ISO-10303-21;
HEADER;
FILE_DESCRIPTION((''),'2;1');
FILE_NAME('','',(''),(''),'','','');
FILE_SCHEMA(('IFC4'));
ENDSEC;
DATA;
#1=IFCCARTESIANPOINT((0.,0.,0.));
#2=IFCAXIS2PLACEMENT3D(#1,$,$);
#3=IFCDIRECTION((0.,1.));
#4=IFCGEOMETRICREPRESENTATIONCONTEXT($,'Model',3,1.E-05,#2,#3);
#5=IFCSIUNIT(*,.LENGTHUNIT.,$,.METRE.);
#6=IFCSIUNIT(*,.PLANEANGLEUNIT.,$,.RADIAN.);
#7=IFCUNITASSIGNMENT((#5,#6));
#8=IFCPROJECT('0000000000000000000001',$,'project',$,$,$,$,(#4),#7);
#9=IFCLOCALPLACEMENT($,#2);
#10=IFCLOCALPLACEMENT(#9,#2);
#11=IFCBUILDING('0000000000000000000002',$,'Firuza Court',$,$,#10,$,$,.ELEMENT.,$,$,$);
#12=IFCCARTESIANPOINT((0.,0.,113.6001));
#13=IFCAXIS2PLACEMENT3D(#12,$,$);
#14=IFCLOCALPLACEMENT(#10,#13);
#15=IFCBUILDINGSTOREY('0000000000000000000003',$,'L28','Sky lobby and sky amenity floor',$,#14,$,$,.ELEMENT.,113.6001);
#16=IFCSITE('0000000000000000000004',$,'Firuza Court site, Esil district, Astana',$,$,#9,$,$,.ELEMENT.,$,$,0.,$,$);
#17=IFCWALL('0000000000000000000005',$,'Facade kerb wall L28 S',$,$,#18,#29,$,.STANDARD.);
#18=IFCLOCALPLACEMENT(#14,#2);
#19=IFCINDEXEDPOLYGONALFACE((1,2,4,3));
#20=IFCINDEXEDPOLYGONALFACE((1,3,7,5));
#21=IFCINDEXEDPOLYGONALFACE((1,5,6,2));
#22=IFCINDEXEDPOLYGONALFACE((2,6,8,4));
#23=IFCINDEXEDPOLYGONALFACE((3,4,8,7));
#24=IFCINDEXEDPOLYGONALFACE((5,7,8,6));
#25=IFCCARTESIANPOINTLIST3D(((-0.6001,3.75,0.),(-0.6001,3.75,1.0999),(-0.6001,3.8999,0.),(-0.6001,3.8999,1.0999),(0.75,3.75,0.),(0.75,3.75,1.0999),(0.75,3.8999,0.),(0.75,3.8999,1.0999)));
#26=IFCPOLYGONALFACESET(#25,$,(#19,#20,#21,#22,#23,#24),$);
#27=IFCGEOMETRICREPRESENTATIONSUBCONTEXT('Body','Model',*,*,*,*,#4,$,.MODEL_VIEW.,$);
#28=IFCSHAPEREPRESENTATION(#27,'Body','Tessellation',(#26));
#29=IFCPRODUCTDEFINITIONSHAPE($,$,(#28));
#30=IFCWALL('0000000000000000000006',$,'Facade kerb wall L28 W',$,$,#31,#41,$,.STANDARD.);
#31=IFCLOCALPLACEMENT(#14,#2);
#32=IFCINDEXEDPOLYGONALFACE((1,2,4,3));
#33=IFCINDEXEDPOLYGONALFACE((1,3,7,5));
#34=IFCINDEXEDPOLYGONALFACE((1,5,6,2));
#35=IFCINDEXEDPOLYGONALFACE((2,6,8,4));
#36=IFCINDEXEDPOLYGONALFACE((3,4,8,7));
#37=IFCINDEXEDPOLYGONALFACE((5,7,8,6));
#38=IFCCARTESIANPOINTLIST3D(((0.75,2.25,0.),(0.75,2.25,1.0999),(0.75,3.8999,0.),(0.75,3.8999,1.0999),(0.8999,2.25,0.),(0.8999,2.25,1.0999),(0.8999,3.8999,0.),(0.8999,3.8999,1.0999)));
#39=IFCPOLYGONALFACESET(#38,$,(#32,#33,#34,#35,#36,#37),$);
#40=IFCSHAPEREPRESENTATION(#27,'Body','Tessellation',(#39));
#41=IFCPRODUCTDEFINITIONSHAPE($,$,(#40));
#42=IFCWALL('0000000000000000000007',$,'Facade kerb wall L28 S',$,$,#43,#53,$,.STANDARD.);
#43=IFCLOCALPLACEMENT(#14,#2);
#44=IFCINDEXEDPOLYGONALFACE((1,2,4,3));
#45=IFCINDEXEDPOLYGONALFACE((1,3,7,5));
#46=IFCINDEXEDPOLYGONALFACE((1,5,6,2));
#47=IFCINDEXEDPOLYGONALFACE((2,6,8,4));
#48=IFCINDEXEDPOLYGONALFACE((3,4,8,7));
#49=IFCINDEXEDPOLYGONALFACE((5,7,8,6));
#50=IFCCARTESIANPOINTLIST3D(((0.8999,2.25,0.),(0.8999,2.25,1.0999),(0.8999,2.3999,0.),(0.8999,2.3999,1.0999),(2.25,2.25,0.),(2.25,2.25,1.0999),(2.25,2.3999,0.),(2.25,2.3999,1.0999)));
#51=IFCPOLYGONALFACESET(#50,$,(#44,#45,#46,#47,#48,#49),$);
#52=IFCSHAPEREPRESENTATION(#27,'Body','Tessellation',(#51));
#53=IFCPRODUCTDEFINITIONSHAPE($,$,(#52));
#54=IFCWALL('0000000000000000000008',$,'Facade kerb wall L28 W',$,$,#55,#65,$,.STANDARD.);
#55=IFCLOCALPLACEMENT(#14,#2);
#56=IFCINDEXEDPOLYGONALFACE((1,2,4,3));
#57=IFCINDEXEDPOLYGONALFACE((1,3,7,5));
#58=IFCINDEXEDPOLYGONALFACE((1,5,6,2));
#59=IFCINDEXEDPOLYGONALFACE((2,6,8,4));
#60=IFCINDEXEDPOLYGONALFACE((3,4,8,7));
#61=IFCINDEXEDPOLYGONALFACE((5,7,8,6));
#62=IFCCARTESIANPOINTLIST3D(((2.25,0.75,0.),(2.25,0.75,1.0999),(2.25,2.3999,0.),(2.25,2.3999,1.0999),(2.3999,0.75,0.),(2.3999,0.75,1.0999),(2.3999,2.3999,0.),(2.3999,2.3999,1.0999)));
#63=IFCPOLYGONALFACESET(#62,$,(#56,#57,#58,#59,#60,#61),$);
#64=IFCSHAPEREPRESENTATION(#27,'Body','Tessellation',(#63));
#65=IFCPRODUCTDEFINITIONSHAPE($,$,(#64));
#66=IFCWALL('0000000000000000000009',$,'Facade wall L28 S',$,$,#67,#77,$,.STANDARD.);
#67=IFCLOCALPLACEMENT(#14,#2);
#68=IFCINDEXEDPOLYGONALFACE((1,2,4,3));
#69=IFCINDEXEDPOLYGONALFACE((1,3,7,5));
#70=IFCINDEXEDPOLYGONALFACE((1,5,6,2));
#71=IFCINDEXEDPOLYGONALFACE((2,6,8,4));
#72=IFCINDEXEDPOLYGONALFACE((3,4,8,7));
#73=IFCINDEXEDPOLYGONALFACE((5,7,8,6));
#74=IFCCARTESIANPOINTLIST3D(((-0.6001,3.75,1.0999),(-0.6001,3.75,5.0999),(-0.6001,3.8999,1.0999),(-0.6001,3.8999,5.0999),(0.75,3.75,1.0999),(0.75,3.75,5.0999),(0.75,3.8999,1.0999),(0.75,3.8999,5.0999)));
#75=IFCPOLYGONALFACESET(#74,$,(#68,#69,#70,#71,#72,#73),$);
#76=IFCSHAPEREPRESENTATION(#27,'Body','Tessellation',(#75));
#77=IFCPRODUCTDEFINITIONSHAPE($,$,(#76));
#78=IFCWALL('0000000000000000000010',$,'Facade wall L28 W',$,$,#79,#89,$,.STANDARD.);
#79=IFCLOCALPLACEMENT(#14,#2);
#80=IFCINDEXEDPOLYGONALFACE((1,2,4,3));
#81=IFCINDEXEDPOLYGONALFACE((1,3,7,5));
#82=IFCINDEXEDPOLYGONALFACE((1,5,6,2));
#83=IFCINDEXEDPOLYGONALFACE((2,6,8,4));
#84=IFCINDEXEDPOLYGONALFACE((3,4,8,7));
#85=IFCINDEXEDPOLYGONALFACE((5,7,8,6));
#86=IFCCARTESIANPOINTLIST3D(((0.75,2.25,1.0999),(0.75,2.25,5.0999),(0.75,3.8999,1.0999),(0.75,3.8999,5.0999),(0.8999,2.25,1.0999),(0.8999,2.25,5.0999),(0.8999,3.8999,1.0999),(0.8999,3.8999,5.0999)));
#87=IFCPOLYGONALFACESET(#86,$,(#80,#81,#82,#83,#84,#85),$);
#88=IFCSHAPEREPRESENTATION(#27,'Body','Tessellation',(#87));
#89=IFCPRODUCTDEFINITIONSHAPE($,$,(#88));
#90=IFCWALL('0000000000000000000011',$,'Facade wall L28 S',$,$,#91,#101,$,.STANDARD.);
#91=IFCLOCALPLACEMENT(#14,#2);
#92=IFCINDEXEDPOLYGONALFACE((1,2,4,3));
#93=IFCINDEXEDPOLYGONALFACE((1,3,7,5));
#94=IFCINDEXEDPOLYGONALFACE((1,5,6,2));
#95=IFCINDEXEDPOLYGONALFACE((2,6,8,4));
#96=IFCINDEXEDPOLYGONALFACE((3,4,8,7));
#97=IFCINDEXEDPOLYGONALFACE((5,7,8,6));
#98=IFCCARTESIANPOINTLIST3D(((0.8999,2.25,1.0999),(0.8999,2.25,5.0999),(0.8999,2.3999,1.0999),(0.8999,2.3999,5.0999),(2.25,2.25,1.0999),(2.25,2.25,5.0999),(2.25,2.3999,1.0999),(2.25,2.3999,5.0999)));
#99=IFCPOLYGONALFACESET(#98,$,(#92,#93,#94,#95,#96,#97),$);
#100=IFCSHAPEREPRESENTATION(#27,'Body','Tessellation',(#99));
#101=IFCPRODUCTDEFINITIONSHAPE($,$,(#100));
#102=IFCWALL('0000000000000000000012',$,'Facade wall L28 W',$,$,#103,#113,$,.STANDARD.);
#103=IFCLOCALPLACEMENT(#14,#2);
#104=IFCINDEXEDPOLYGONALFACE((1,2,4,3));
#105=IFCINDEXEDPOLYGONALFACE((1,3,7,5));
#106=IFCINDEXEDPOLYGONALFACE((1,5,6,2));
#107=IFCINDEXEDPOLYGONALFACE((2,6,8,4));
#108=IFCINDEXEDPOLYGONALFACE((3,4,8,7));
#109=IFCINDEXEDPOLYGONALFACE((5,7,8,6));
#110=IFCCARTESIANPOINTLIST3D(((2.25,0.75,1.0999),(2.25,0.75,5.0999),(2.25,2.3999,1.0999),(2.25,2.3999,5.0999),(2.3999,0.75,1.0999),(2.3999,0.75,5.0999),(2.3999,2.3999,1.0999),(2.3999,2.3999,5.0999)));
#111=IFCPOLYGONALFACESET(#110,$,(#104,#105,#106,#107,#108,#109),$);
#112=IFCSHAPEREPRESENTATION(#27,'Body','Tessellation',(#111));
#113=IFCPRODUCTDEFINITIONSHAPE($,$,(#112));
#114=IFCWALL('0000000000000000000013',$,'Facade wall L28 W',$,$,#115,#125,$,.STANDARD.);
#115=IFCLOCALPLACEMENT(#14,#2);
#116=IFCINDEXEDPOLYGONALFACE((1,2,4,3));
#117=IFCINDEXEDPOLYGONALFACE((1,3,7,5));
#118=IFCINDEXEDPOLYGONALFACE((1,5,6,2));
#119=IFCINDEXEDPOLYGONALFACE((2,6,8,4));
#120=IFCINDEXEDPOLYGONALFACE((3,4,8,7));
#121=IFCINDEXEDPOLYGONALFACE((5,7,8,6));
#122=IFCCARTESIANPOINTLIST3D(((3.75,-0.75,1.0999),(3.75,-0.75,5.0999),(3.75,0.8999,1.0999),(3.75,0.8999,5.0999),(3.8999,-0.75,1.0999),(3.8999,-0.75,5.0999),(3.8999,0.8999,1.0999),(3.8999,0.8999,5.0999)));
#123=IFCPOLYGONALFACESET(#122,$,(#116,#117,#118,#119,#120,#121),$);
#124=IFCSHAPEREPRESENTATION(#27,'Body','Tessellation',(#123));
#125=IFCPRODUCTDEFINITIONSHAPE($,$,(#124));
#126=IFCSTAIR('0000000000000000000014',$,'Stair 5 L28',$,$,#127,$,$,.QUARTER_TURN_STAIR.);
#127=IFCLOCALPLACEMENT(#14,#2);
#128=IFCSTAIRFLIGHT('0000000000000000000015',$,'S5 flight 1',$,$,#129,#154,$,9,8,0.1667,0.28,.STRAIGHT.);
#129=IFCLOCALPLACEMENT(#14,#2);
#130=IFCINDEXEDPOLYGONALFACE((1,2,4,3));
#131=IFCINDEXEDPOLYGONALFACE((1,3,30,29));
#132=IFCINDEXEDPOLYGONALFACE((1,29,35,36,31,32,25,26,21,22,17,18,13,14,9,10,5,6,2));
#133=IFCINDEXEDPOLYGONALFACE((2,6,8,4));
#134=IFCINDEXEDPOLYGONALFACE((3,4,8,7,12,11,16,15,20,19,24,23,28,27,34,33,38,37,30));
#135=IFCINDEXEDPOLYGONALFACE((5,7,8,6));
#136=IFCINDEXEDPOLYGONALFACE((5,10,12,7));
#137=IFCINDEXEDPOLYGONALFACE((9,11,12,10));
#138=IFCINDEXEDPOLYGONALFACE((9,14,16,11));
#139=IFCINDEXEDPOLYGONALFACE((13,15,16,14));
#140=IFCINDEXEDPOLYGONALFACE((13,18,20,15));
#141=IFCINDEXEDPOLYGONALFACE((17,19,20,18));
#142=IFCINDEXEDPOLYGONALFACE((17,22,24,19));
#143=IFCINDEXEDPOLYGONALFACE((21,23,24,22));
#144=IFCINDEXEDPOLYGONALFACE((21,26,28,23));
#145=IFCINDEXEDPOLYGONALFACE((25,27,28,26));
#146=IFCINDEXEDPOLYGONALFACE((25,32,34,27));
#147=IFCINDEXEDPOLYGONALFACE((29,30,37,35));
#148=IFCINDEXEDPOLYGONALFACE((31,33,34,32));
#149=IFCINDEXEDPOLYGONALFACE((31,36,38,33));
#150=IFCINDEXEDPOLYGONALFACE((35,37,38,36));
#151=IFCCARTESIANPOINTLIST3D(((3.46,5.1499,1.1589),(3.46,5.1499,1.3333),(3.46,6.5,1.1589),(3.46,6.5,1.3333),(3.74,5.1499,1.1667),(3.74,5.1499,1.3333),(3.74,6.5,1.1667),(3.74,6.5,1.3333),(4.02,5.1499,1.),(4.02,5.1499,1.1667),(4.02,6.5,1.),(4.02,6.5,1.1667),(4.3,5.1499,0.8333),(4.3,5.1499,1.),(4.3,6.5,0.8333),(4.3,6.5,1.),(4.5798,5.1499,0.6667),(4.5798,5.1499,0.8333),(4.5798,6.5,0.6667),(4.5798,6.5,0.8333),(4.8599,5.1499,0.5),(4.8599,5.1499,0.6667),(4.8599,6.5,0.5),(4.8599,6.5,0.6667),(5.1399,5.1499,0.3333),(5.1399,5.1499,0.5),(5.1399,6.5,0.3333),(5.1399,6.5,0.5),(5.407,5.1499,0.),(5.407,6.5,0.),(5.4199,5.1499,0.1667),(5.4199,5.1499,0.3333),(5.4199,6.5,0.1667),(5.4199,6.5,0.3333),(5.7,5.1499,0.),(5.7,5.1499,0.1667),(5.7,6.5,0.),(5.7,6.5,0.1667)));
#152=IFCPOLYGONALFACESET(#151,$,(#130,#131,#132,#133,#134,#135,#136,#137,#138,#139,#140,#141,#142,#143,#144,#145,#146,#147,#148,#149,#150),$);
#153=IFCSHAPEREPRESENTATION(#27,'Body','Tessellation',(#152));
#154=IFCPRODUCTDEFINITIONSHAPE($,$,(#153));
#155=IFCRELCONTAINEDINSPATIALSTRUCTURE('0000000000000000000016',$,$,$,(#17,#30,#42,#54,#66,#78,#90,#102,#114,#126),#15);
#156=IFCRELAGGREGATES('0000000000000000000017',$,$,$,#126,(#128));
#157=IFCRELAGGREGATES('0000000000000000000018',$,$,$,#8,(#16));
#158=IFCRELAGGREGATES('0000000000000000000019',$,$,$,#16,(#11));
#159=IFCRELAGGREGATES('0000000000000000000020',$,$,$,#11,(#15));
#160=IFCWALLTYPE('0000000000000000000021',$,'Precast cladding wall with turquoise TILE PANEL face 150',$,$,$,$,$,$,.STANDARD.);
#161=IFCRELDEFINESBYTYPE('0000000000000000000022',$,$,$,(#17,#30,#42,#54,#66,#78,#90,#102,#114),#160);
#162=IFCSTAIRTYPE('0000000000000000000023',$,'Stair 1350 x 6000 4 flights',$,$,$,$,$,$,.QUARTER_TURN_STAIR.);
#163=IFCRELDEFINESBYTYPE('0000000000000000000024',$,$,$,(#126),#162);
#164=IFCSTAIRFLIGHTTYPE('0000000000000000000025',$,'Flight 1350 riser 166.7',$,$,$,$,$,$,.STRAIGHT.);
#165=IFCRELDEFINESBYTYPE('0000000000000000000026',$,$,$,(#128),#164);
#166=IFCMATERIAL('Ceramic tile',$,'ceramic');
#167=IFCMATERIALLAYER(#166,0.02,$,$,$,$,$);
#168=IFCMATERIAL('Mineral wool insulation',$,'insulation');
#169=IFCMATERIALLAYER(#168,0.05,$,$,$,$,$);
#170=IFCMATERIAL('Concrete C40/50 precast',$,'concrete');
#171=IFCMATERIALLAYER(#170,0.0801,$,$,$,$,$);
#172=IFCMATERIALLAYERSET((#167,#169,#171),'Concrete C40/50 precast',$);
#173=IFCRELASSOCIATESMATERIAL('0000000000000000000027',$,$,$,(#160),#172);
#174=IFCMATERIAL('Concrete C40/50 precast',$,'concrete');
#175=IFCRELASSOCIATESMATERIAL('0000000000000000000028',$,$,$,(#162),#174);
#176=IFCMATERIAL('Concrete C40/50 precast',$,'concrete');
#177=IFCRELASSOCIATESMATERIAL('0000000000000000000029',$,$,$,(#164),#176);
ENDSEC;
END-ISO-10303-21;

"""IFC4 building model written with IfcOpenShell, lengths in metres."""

from ifc_helpers import new_model, si_unit, direction, frame, frame_2d, origin, place, context, subcontext, project, spatial, polyline, rectangle, outline, extrude, material, layer, layer_set, type_object, element, aggregate, save


model = new_model("IFC4")

# Units and contexts
model_context = context("Model", 3, precision=1e-05, world=origin(), true_north=direction((0.0, 1.0)))
body_context = subcontext(model_context, "Body", "Model", "MODEL_VIEW")
ifc_project = project(units=[si_unit("LENGTHUNIT", "METRE"), si_unit("PLANEANGLEUNIT", "RADIAN")], contexts=[model_context])

# Site, building, storey
site_placement = place(None, origin())
site = spatial("IfcSite", under=ifc_project, at=site_placement, Name="Firuza Court site, Esil district, Astana", CompositionType="ELEMENT", RefElevation=0.0)
building_placement = place(site_placement, origin())
building = spatial("IfcBuilding", under=site, at=building_placement, Name="Firuza Court", CompositionType="ELEMENT")
storey_placement = place(building_placement, frame((0.0, 0.0, 113.6001)))
storey = spatial("IfcBuildingStorey", under=building, at=storey_placement, Name="L28", Description="Sky lobby and sky amenity floor", CompositionType="ELEMENT", Elevation=113.6001)

# Walls
ifc_material_1 = material(Name="Ceramic tile", Category="ceramic")
ifc_layer_1 = layer(ifc_material_1, 0.02)
ifc_material_2 = material(Name="Mineral wool insulation", Category="insulation")
ifc_layer_2 = layer(ifc_material_2, 0.05)
ifc_material_3 = material(Name="Concrete C40/50 precast", Category="concrete")
ifc_layer_3 = layer(ifc_material_3, 0.0801)
ifc_layer_set_1 = layer_set([ifc_layer_1, ifc_layer_2, ifc_layer_3], Name="Concrete C40/50 precast")
wall_type_1 = type_object("IfcWallType", Name="Precast cladding wall with turquoise TILE PANEL face 150", PredefinedType="STANDARD", material=ifc_layer_set_1)
wall_1_placement = place(storey_placement, frame((-0.6001, 3.825, 0.0), z_axis=(0.0, 0.0, 1.0), x_axis=(1.0, 0.0, 0.0)))
element("IfcWall", 1, at=wall_1_placement, inside=storey, type_object=wall_type_1, Name="Facade kerb wall L28 S", PredefinedType="STANDARD", context=body_context, shape_type="SweptSolid", body=[
    extrude(rectangle(XDim=1.3501, YDim=0.1499, at=frame_2d((0.675, 0.0))), origin(), (0.0, 0.0, 1.0), 1.0999),
])
wall_2_placement = place(storey_placement, frame((0.825, 3.8999, 0.0), z_axis=(0.0, 0.0, 1.0), x_axis=(0.0, -1.0, 0.0)))
element("IfcWall", 2, at=wall_2_placement, inside=storey, type_object=wall_type_1, Name="Facade kerb wall L28 W", PredefinedType="STANDARD", context=body_context, shape_type="SweptSolid", body=[
    extrude(rectangle(XDim=1.6499, YDim=0.1499, at=frame_2d((0.825, 0.0))), origin(), (0.0, 0.0, 1.0), 1.0999),
])
wall_3_placement = place(storey_placement, frame((0.8999, 2.325, 0.0), z_axis=(0.0, 0.0, 1.0), x_axis=(1.0, 0.0, 0.0)))
element("IfcWall", 3, at=wall_3_placement, inside=storey, type_object=wall_type_1, Name="Facade kerb wall L28 S", PredefinedType="STANDARD", context=body_context, shape_type="SweptSolid", body=[
    extrude(rectangle(XDim=1.3501, YDim=0.1499, at=frame_2d((0.675, 0.0))), origin(), (0.0, 0.0, 1.0), 1.0999),
])
wall_4_placement = place(storey_placement, frame((2.325, 2.3999, 0.0), z_axis=(0.0, 0.0, 1.0), x_axis=(0.0, -1.0, 0.0)))
element("IfcWall", 4, at=wall_4_placement, inside=storey, type_object=wall_type_1, Name="Facade kerb wall L28 W", PredefinedType="STANDARD", context=body_context, shape_type="SweptSolid", body=[
    extrude(rectangle(XDim=1.6499, YDim=0.1499, at=frame_2d((0.825, 0.0))), origin(), (0.0, 0.0, 1.0), 1.0999),
])
wall_5_placement = place(storey_placement, frame((-0.6001, 3.825, 1.0999), z_axis=(0.0, 0.0, 1.0), x_axis=(1.0, 0.0, 0.0)))
element("IfcWall", 5, at=wall_5_placement, inside=storey, type_object=wall_type_1, Name="Facade wall L28 S", PredefinedType="STANDARD", context=body_context, shape_type="SweptSolid", body=[
    extrude(rectangle(XDim=1.3501, YDim=0.1499, at=frame_2d((0.675, 0.0))), origin(), (0.0, 0.0, 1.0), 4.0),
])
wall_6_placement = place(storey_placement, frame((0.825, 3.8999, 1.0999), z_axis=(0.0, 0.0, 1.0), x_axis=(0.0, -1.0, 0.0)))
element("IfcWall", 6, at=wall_6_placement, inside=storey, type_object=wall_type_1, Name="Facade wall L28 W", PredefinedType="STANDARD", context=body_context, shape_type="SweptSolid", body=[
    extrude(rectangle(XDim=1.6499, YDim=0.1499, at=frame_2d((0.825, 0.0))), origin(), (0.0, 0.0, 1.0), 4.0),
])
wall_7_placement = place(storey_placement, frame((0.8999, 2.325, 1.0999), z_axis=(0.0, 0.0, 1.0), x_axis=(1.0, 0.0, 0.0)))
element("IfcWall", 7, at=wall_7_placement, inside=storey, type_object=wall_type_1, Name="Facade wall L28 S", PredefinedType="STANDARD", context=body_context, shape_type="SweptSolid", body=[
    extrude(rectangle(XDim=1.3501, YDim=0.1499, at=frame_2d((0.675, 0.0))), origin(), (0.0, 0.0, 1.0), 4.0),
])
for number, where, z_axis, x_axis, name in (
    (8, (2.325, 2.3999, 1.0999), (0.0, 0.0, 1.0), (0.0, -1.0, 0.0), "Facade wall L28 W"),
    (9, (3.825, 0.8999, 1.0999), (0.0, 0.0, 1.0), (0.0, -1.0, 0.0), "Facade wall L28 W"),
):
    element("IfcWall", number, at=place(storey_placement, frame(where, z_axis=z_axis, x_axis=x_axis)), inside=storey, type_object=wall_type_1, Name=name, PredefinedType="STANDARD", context=body_context, shape_type="SweptSolid", body=[
        extrude(rectangle(XDim=1.6499, YDim=0.1499, at=frame_2d((0.825, 0.0))), origin(), (0.0, 0.0, 1.0), 4.0),
    ])

# Stair, stair flight
ifc_material_4 = material(Name="Concrete C40/50 precast", Category="concrete")
stair_type = type_object("IfcStairType", Name="Stair 1350 x 6000 4 flights", PredefinedType="QUARTER_TURN_STAIR", material=ifc_material_4)
stair_placement = place(storey_placement, origin())
stair = element("IfcStair", 10, at=stair_placement, inside=storey, type_object=stair_type, Name="Stair 5 L28", PredefinedType="QUARTER_TURN_STAIR")
ifc_material_5 = material(Name="Concrete C40/50 precast", Category="concrete")
stair_flight_type = type_object("IfcStairFlightType", Name="Flight 1350 riser 166.7", PredefinedType="STRAIGHT", material=ifc_material_5)
stair_flight_placement = place(storey_placement, frame((5.7, 5.825, 0.0), z_axis=(0.0, 0.0, 1.0), x_axis=(-1.0, 0.0, 0.0)))
stair_flight = element("IfcStairFlight", 11, at=stair_flight_placement, type_object=stair_flight_type, Name="S5 flight 1", NumberOfRisers=9, NumberOfTreads=8, PredefinedType="STRAIGHT", RiserHeight=0.1667, TreadLength=0.28, context=body_context, shape_type="SweptSolid", body=[
    extrude(outline(polyline([(0.0, 0.0), (0.0, 0.1667), (0.28, 0.1667), (0.28, 0.3333), (0.5601, 0.3333), (0.5601, 0.5), (0.8401, 0.5), (0.8401, 0.6667), (1.1201, 0.6667), (1.1201, 0.8333), (1.3999, 0.8333), (1.3999, 1.0), (1.6799, 1.0), (1.6799, 1.1667), (1.96, 1.1667), (1.96, 1.3333), (2.24, 1.3333), (2.24, 1.5), (2.24, 1.1589), (0.293, 0.0), (0.0, 0.0)])), frame((0.0, 0.675, 0.0), z_axis=(0.0, -1.0, 0.0), x_axis=(1.0, 0.0, 0.0)), (0.0, 0.0, 1.0), 1.3501),
])
aggregate(stair, [stair_flight])

save(model, "model.ifc")
